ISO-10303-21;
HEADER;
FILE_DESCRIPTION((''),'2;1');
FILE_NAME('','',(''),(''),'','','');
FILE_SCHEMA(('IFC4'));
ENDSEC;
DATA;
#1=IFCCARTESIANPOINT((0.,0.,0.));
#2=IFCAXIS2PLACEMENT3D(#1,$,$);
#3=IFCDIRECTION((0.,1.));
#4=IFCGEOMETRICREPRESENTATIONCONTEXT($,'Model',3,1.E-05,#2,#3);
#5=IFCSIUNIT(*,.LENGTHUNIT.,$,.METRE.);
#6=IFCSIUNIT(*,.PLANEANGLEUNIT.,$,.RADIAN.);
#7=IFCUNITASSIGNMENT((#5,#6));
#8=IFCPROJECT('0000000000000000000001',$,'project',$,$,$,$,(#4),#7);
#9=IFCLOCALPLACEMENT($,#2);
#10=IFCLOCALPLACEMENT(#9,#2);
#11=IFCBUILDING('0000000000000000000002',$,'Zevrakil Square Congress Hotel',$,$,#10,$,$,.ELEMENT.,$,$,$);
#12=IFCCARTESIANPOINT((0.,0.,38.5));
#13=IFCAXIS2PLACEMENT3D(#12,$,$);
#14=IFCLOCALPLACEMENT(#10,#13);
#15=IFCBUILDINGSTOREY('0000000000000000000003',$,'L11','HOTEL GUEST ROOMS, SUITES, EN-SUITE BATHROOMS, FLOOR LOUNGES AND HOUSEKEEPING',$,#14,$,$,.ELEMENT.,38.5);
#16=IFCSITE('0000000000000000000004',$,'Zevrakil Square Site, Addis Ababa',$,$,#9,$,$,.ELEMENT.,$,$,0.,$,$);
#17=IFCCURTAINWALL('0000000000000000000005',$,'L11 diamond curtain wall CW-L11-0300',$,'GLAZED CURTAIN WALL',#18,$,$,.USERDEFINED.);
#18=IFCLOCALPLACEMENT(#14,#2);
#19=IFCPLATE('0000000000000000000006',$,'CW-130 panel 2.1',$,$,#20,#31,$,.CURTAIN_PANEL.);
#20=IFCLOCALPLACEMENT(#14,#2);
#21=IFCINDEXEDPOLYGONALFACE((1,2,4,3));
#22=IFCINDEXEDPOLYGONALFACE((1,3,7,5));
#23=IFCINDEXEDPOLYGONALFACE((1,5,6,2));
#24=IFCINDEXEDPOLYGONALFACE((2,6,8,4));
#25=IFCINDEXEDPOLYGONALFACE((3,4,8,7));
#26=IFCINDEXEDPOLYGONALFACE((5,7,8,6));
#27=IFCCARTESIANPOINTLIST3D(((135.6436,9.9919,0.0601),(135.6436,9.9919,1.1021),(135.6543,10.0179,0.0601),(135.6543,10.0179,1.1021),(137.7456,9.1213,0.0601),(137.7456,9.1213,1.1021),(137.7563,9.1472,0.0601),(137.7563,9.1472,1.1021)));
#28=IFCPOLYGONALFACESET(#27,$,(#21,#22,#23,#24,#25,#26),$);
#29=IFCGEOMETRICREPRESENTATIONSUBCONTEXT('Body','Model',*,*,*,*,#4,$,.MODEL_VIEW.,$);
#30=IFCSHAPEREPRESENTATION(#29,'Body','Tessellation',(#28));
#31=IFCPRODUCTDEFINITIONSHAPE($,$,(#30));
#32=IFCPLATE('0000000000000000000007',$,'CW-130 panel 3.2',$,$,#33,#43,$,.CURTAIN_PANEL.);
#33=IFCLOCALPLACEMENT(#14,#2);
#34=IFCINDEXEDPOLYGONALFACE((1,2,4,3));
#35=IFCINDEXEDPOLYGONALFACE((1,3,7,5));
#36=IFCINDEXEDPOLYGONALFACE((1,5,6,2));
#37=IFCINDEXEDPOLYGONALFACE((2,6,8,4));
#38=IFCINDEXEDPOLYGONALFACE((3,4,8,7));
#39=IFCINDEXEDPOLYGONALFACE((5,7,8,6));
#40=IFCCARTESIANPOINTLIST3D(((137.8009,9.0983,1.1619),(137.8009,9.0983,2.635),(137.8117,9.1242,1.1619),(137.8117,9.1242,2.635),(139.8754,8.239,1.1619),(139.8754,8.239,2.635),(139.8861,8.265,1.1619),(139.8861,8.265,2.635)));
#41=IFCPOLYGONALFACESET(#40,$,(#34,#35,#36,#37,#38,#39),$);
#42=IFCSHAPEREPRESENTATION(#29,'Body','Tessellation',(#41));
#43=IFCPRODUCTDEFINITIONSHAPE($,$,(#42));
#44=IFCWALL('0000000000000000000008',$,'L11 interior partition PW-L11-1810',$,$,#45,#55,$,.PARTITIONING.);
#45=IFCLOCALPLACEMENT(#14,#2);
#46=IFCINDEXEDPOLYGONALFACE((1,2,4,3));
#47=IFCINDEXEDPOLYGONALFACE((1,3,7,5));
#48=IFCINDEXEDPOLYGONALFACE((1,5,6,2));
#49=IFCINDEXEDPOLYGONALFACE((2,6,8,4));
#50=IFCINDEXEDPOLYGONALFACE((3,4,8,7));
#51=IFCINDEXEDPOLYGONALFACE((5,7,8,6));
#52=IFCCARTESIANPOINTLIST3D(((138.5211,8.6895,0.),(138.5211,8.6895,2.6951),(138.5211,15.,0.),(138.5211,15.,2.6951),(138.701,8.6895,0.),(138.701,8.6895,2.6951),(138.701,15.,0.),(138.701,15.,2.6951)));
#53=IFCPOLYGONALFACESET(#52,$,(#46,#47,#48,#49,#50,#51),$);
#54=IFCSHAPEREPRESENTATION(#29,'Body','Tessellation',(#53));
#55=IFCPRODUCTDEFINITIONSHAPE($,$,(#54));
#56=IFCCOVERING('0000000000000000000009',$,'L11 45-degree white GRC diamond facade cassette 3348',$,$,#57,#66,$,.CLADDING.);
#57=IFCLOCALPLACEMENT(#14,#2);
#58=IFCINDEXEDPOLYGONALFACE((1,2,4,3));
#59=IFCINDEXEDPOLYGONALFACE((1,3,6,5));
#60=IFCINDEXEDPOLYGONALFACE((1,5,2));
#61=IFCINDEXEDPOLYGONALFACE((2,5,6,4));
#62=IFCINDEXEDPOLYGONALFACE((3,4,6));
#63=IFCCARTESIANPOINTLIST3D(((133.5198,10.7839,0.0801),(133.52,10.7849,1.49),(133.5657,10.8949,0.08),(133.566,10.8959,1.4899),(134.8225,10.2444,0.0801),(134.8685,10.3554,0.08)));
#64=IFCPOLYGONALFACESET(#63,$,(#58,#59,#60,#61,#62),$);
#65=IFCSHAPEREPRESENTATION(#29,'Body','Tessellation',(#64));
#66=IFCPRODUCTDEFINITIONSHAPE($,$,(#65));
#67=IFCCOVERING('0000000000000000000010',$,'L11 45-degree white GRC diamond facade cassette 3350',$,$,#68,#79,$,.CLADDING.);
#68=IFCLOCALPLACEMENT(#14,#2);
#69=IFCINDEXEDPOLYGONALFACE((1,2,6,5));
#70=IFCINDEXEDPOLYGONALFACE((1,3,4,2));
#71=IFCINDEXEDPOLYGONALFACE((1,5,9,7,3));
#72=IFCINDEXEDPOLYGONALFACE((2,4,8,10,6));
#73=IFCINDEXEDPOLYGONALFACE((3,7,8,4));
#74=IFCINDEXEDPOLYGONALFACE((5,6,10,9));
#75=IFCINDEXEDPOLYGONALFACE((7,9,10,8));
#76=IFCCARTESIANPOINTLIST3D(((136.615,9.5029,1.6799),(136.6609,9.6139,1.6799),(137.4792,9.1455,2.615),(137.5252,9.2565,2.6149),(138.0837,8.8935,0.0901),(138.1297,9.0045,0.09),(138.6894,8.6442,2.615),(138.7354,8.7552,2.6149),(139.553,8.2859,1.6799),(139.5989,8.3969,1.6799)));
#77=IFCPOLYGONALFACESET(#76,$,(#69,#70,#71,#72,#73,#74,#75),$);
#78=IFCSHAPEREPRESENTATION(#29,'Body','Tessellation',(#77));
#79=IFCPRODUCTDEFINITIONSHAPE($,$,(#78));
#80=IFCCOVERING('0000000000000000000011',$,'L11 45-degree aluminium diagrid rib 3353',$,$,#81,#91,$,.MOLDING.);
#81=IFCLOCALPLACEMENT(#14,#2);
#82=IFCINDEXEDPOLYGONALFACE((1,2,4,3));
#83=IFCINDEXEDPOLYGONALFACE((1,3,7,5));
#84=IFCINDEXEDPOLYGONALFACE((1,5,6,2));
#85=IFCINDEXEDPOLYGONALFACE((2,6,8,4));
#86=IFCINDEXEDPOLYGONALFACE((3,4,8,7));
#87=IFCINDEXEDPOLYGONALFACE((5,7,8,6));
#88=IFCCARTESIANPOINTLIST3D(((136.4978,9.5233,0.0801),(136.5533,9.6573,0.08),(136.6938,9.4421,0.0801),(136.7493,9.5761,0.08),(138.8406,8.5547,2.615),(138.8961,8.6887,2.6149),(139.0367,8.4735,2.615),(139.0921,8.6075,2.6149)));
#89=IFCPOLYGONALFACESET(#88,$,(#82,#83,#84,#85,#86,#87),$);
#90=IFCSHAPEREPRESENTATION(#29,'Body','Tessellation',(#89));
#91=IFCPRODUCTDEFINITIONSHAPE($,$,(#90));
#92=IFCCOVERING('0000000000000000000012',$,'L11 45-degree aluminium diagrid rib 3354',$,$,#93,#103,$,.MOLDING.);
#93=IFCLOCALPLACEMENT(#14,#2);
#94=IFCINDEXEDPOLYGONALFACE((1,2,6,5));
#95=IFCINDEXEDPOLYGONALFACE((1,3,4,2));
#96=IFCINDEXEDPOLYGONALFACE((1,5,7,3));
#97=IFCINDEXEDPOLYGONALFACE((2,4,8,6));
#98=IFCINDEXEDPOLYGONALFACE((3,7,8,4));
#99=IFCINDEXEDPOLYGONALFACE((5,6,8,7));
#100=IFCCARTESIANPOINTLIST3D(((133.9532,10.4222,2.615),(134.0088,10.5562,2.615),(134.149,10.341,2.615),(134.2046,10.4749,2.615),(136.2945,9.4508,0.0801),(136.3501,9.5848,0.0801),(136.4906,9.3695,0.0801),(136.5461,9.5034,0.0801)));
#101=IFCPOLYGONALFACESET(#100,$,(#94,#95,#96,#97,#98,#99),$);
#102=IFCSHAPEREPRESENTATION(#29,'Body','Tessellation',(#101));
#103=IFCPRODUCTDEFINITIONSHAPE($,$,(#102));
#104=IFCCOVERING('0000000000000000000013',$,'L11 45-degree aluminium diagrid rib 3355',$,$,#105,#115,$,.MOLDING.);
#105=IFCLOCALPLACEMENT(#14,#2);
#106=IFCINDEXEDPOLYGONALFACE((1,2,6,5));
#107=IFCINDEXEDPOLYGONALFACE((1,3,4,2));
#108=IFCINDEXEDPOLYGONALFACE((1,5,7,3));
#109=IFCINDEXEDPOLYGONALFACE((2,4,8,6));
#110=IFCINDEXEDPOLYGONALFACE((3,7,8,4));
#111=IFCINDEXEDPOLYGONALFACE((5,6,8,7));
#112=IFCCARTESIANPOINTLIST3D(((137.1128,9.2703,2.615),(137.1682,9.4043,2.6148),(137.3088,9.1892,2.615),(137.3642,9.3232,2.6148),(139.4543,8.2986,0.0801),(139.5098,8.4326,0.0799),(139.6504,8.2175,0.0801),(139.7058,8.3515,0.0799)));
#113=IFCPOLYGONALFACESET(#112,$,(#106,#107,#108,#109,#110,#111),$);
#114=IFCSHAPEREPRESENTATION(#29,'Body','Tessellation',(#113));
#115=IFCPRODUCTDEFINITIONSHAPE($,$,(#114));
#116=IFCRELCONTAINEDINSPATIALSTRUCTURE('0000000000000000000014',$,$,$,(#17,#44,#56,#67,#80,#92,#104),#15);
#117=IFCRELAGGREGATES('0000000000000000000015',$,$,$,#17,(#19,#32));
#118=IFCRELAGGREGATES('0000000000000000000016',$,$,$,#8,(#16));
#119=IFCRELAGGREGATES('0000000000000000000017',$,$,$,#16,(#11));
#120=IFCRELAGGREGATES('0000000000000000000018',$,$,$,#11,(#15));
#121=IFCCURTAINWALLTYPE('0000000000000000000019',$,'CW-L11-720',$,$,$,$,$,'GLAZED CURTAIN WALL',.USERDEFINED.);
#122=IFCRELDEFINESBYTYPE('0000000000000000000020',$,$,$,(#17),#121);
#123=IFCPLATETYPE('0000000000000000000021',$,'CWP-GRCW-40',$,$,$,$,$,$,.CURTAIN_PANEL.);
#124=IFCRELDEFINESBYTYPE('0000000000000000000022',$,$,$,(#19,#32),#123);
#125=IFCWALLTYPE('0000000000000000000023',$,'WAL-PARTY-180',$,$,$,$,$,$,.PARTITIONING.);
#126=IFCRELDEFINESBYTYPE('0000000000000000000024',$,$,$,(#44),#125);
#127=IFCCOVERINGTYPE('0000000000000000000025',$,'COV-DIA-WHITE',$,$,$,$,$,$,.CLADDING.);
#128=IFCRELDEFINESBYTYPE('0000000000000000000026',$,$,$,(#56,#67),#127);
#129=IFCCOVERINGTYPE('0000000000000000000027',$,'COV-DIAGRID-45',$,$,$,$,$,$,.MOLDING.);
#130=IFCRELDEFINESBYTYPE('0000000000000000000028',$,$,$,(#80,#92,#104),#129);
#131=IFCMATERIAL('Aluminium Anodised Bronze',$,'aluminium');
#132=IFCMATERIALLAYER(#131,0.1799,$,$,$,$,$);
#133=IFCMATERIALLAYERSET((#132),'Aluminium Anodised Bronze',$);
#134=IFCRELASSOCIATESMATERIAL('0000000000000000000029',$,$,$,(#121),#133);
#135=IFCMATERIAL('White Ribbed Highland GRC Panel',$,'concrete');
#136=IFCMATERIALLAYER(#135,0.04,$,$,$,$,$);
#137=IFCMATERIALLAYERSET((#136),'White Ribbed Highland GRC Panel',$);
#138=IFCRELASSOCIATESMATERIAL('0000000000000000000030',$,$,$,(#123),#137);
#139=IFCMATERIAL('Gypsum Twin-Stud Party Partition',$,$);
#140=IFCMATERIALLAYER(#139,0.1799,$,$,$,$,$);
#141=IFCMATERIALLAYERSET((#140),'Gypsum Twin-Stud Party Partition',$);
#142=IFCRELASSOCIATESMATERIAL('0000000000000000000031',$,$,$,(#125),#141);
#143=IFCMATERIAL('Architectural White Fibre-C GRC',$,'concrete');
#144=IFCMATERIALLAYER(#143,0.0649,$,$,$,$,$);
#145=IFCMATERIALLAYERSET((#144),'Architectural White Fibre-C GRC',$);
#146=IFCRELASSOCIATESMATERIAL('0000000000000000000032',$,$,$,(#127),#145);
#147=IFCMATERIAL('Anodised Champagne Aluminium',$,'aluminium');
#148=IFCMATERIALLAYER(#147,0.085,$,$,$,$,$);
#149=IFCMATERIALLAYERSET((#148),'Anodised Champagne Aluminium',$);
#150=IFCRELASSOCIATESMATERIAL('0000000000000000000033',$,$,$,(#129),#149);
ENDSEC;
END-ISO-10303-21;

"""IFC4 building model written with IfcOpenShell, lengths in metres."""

from ifc_helpers import new_model, si_unit, direction, frame, frame_2d, origin, origin_2d, place, context, subcontext, project, spatial, polyline, rectangle, outline, extrude, material, layer, layer_set, type_object, element, aggregate, save


model = new_model("IFC4")

# Units and contexts
model_context = context("Model", 3, precision=1e-05, world=origin(), true_north=direction((0.0, 1.0)))
body_context = subcontext(model_context, "Body", "Model", "MODEL_VIEW")
ifc_project = project(units=[si_unit("LENGTHUNIT", "METRE"), si_unit("PLANEANGLEUNIT", "RADIAN")], contexts=[model_context])

# Site, building, storey
site_placement = place(None, origin())
site = spatial("IfcSite", under=ifc_project, at=site_placement, Name="Zevrakil Square Site, Addis Ababa", CompositionType="ELEMENT", RefElevation=0.0)
building_placement = place(site_placement, origin())
building = spatial("IfcBuilding", under=site, at=building_placement, Name="Zevrakil Square Congress Hotel", CompositionType="ELEMENT")
storey_placement = place(building_placement, frame((0.0, 0.0, 38.5)))
storey = spatial("IfcBuildingStorey", under=building, at=storey_placement, Name="L11", Description="HOTEL GUEST ROOMS, SUITES, EN-SUITE BATHROOMS, FLOOR LOUNGES AND HOUSEKEEPING", CompositionType="ELEMENT", Elevation=38.5)

# Curtain wall
ifc_material_1 = material(Name="Aluminium Anodised Bronze", Category="aluminium")
ifc_layer_1 = layer(ifc_material_1, 0.1799)
ifc_layer_set_1 = layer_set([ifc_layer_1], Name="Aluminium Anodised Bronze")
curtain_wall_type = type_object("IfcCurtainWallType", Name="CW-L11-720", ElementType="GLAZED CURTAIN WALL", PredefinedType="USERDEFINED", material=ifc_layer_set_1)
curtain_wall_placement = place(storey_placement, origin())
curtain_wall = element("IfcCurtainWall", 1, at=curtain_wall_placement, inside=storey, type_object=curtain_wall_type, Name="L11 diamond curtain wall CW-L11-0300", ObjectType="GLAZED CURTAIN WALL", PredefinedType="USERDEFINED")

# Plates
ifc_material_2 = material(Name="White Ribbed Highland GRC Panel", Category="concrete")
ifc_layer_2 = layer(ifc_material_2, 0.04)
ifc_layer_set_2 = layer_set([ifc_layer_2], Name="White Ribbed Highland GRC Panel")
plate_type_1 = type_object("IfcPlateType", Name="CWP-GRCW-40", PredefinedType="CURTAIN_PANEL", material=ifc_layer_set_2)
plate_1_placement = place(storey_placement, frame((136.7, 9.5696, 0.0601), z_axis=(0.0, 0.0, 1.0), x_axis=(0.923879, -0.382684, 0.0)))
plate_1 = element("IfcPlate", 2, at=plate_1_placement, type_object=plate_type_1, Name="CW-130 panel 2.1", PredefinedType="CURTAIN_PANEL", context=body_context, shape_type="SweptSolid", body=[
    extrude(rectangle(XDim=2.2751, YDim=0.0281, at=origin_2d()), origin(), (0.0, 0.0, 1.0), 1.042),
])
plate_2_placement = place(storey_placement, frame((138.8435, 8.6816, 1.1619), z_axis=(0.0, 0.0, 1.0), x_axis=(0.923879, -0.382684, 0.0)))
plate_2 = element("IfcPlate", 3, at=plate_2_placement, type_object=plate_type_1, Name="CW-130 panel 3.2", PredefinedType="CURTAIN_PANEL", context=body_context, shape_type="SweptSolid", body=[
    extrude(rectangle(XDim=2.2454, YDim=0.0281, at=origin_2d()), origin(), (0.0, 0.0, 1.0), 1.4731),
])
aggregate(curtain_wall, [plate_1, plate_2])

# Wall
ifc_material_3 = material(Name="Gypsum Twin-Stud Party Partition")
ifc_layer_3 = layer(ifc_material_3, 0.1799)
ifc_layer_set_3 = layer_set([ifc_layer_3], Name="Gypsum Twin-Stud Party Partition")
wall_type = type_object("IfcWallType", Name="WAL-PARTY-180", PredefinedType="PARTITIONING", material=ifc_layer_set_3)
wall_placement = place(storey_placement, frame((138.6111, 8.6895, 0.0), z_axis=(0.0, 0.0, 1.0), x_axis=(0.0, 1.0, 0.0)))
element("IfcWall", 4, at=wall_placement, inside=storey, type_object=wall_type, Name="L11 interior partition PW-L11-1810", PredefinedType="PARTITIONING", context=body_context, shape_type="SweptSolid", body=[
    extrude(rectangle(XDim=6.3105, YDim=0.1799, at=frame_2d((3.1553, 0.0))), origin(), (0.0, 0.0, 1.0), 2.6951),
])

# Coverings
ifc_material_4 = material(Name="Architectural White Fibre-C GRC", Category="concrete")
ifc_layer_4 = layer(ifc_material_4, 0.0649)
ifc_layer_set_4 = layer_set([ifc_layer_4], Name="Architectural White Fibre-C GRC")
covering_type_1 = type_object("IfcCoveringType", Name="COV-DIA-WHITE", PredefinedType="CLADDING", material=ifc_layer_set_4)
covering_1_placement = place(storey_placement, frame((134.8225, 10.2444, 0.0801), z_axis=(-0.382647, -0.923894, 0.000706), x_axis=(-0.923894, 0.382647, 0.0)))
element("IfcCovering", 5, at=covering_1_placement, inside=storey, type_object=covering_type_1, Name="L11 45-degree white GRC diamond facade cassette 3348", PredefinedType="CLADDING", context=body_context, shape_type="SweptSolid", body=[
    extrude(outline(polyline([(0.0, 0.0), (1.41, 0.0), (1.4102, -1.4099), (0.0, 0.0)])), origin(), (0.0, 0.0, -1.0), 0.1201),
])
covering_2_placement = place(storey_placement, frame((139.553, 8.2859, 1.6799), z_axis=(-0.382698, -0.923873, 0.00059), x_axis=(-0.653457, 0.270231, -0.707085)))
element("IfcCovering", 6, at=covering_2_placement, inside=storey, type_object=covering_type_1, Name="L11 45-degree white GRC diamond facade cassette 3350", PredefinedType="CLADDING", context=body_context, shape_type="SweptSolid", body=[
    extrude(outline(polyline([(0.0, 0.0), (2.2484, 0.0), (2.2487, -2.2486), (0.9262, -2.2485), (0.0, -1.3223), (0.0, 0.0)])), origin(), (0.0, 0.0, -1.0), 0.1201),
])
ifc_material_5 = material(Name="Anodised Champagne Aluminium", Category="aluminium")
ifc_layer_5 = layer(ifc_material_5, 0.085)
ifc_layer_set_5 = layer_set([ifc_layer_5], Name="Anodised Champagne Aluminium")
covering_type_2 = type_object("IfcCoveringType", Name="COV-DIAGRID-45", PredefinedType="MOLDING", material=ifc_layer_set_5)
covering_3_placement = place(storey_placement, frame((136.6938, 9.4421, 0.0801), z_axis=(-0.382572, -0.923926, 0.000528), x_axis=(-0.923926, 0.382572, 0.0)))
element("IfcCovering", 7, at=covering_3_placement, inside=storey, type_object=covering_type_2, Name="L11 45-degree aluminium diagrid rib 3353", PredefinedType="MOLDING", context=body_context, shape_type="SweptSolid", body=[
    extrude(outline(polyline([(0.0, 0.0), (0.2121, 0.0), (-2.3229, -2.5349), (-2.5352, -2.5349), (0.0, 0.0)])), origin(), (0.0, 0.0, -1.0), 0.145),
])
covering_4_placement = place(storey_placement, frame((134.0088, 10.5562, 2.615), z_axis=(0.383267, 0.923638, 0.000054), x_axis=(0.923638, -0.383267, 0.0)))
element("IfcCovering", 8, at=covering_4_placement, inside=storey, type_object=covering_type_2, Name="L11 45-degree aluminium diagrid rib 3354", PredefinedType="MOLDING", context=body_context, shape_type="SweptSolid", body=[
    extrude(outline(polyline([(0.0, 0.0), (0.212, 0.0), (2.7471, 2.5349), (2.5348, 2.5349), (0.0, 0.0)])), origin(), (0.0, 0.0, -1.0), 0.145),
])
covering_5_placement = place(storey_placement, frame((137.1128, 9.2703, 2.615), z_axis=(-0.38208, -0.924128, 0.0013), x_axis=(0.924129, -0.382081, 0.0)))
element("IfcCovering", 9, at=covering_5_placement, inside=storey, type_object=covering_type_2, Name="L11 45-degree aluminium diagrid rib 3355", PredefinedType="MOLDING", context=body_context, shape_type="SweptSolid", body=[
    extrude(outline(polyline([(0.0, 0.0), (0.2121, 0.0), (2.7473, -2.5349), (2.5352, -2.5349), (0.0, 0.0)])), origin(), (0.0, 0.0, -1.0), 0.145),
])

save(model, "model.ifc")
